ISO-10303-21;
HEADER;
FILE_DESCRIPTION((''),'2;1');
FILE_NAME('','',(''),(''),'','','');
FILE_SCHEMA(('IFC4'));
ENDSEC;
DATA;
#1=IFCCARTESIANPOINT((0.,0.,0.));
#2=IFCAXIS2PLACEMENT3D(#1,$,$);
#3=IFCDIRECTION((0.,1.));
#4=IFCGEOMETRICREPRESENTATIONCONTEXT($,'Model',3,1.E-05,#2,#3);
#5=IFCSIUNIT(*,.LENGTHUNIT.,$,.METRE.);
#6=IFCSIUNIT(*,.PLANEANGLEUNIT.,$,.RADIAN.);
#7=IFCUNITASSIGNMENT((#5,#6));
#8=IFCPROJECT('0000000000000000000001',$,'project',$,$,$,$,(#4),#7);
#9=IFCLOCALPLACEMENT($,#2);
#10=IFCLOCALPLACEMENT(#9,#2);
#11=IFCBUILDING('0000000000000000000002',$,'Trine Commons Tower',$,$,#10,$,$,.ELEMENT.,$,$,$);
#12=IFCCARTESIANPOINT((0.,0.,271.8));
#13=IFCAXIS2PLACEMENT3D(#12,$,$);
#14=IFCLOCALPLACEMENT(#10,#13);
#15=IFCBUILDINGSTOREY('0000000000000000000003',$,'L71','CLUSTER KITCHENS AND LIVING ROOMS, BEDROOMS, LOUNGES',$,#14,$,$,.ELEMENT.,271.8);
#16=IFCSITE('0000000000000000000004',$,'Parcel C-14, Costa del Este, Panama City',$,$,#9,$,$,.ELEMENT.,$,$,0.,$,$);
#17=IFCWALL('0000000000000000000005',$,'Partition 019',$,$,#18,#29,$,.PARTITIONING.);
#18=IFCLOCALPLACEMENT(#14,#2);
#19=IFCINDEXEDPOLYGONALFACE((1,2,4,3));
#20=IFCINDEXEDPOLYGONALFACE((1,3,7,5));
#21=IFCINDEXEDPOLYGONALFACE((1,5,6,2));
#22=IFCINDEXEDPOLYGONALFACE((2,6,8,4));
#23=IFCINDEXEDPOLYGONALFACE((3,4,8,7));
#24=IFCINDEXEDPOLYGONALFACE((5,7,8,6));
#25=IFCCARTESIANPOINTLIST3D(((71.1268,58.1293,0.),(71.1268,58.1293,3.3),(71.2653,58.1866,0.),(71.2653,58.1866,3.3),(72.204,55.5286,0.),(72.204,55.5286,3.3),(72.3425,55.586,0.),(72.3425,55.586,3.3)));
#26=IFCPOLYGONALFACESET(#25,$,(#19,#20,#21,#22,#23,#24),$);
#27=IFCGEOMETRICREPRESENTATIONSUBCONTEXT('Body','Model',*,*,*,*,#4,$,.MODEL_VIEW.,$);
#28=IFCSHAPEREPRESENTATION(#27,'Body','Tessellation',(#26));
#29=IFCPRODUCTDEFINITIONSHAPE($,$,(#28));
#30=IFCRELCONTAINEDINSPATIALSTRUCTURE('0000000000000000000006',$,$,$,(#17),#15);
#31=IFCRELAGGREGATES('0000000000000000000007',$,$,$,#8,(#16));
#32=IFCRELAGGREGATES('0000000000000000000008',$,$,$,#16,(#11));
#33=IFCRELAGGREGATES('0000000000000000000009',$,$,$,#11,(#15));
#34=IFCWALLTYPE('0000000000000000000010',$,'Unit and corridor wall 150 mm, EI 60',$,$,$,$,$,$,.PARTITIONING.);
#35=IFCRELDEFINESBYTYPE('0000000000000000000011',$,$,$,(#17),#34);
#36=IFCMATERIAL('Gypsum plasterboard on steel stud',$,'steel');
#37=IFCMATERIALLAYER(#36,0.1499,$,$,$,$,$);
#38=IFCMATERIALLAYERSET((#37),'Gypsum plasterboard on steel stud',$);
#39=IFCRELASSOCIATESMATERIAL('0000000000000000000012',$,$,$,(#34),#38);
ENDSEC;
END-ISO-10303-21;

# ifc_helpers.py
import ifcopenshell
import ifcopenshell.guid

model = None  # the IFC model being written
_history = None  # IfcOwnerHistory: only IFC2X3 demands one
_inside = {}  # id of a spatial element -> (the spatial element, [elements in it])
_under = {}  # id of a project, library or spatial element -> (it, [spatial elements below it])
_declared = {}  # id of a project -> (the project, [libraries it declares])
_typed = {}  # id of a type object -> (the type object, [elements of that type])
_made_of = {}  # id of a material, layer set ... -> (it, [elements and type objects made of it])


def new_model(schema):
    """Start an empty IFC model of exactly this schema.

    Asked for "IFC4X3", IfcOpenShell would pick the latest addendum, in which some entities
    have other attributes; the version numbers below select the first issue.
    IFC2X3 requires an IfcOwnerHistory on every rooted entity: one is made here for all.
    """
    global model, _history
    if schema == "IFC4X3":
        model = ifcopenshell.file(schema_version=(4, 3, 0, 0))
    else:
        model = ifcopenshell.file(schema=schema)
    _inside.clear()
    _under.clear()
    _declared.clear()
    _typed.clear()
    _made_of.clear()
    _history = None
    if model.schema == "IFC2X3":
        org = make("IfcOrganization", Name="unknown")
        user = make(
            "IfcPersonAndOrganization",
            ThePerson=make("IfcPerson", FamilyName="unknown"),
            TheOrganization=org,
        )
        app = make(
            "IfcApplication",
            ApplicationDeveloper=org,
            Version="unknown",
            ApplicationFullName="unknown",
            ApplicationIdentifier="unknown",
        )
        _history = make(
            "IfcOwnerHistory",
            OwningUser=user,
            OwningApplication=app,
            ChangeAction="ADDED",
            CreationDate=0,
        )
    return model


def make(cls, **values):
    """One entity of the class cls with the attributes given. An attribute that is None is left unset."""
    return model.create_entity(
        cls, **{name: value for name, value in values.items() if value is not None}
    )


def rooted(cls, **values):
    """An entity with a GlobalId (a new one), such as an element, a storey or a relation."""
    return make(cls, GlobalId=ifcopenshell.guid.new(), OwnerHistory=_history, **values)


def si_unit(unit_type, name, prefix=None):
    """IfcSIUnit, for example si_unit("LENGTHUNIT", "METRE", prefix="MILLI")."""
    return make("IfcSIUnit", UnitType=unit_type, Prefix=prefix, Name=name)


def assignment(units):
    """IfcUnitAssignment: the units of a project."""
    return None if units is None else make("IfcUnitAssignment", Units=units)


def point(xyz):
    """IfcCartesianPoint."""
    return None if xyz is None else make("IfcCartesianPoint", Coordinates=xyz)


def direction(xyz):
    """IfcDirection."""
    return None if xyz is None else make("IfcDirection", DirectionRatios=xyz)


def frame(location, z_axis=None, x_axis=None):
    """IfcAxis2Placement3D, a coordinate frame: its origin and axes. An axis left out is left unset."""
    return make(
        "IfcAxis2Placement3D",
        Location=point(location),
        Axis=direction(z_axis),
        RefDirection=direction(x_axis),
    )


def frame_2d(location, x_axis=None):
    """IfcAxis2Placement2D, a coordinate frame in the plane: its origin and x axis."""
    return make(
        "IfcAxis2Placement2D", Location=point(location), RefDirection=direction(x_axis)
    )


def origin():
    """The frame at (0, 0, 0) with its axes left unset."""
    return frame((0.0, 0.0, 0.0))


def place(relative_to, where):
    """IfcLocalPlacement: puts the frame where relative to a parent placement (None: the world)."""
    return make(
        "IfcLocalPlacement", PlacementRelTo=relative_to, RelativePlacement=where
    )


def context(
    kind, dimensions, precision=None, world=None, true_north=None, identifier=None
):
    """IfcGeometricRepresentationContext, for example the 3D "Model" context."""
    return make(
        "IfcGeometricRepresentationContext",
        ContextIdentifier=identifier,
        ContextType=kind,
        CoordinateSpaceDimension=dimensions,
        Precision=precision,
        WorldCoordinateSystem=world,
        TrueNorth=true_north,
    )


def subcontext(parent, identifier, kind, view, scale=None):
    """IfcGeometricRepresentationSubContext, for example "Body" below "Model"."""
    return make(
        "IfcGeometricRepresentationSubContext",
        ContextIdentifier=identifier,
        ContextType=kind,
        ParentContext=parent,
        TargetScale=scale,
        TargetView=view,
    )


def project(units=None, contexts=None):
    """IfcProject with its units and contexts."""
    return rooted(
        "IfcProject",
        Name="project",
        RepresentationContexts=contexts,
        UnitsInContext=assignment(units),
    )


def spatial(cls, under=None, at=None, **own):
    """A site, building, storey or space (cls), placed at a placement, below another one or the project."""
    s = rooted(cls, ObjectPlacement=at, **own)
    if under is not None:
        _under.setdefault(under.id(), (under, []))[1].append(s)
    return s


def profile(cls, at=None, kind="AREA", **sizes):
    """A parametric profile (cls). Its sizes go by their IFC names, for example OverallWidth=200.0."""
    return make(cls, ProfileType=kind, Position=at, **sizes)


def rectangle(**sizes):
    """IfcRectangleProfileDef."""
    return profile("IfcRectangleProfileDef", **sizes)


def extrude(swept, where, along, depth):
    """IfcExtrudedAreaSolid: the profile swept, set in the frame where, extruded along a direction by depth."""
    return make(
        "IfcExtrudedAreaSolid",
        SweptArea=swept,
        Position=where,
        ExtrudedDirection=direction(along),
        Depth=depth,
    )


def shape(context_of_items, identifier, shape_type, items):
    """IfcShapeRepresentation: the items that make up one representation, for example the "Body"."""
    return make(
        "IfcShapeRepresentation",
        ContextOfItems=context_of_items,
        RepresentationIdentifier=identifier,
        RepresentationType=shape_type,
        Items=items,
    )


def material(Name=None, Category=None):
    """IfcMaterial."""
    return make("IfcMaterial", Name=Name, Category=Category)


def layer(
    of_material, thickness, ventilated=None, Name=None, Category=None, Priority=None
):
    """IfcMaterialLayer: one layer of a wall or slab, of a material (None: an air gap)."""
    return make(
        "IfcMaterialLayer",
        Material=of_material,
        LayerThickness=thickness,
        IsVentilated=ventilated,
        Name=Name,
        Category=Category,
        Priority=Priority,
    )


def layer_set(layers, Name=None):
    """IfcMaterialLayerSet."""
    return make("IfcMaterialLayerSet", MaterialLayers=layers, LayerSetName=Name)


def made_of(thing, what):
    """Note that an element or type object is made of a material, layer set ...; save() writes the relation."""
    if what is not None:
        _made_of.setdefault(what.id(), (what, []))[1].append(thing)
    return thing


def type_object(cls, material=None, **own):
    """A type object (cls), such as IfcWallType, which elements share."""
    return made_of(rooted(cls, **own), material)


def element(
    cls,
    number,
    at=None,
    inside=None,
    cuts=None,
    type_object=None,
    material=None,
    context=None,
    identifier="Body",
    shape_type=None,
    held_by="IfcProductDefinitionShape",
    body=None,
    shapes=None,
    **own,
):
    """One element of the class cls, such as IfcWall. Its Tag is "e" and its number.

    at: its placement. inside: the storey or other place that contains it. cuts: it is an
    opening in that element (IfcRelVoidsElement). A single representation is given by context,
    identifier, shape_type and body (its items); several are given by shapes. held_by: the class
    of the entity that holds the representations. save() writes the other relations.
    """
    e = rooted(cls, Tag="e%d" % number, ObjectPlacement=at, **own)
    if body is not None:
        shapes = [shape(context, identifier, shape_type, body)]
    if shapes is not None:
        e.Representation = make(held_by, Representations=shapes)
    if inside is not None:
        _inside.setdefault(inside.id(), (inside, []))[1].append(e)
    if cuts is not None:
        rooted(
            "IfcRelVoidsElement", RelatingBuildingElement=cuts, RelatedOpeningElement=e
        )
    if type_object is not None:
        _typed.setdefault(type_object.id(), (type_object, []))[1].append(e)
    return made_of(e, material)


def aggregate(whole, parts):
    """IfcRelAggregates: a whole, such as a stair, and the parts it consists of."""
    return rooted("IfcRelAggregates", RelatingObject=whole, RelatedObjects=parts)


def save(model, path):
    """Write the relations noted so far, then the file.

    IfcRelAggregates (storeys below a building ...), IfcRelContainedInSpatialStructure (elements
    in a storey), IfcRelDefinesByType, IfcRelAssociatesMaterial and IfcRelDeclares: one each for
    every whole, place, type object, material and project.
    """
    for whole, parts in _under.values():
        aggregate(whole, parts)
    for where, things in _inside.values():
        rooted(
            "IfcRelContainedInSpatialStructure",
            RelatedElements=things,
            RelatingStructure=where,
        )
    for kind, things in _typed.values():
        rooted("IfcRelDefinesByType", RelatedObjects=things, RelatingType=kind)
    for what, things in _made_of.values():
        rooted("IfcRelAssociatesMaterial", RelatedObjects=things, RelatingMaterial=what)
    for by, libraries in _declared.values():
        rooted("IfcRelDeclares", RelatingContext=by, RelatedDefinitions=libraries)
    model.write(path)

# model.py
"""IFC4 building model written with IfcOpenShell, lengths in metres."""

from ifc_helpers import new_model, si_unit, direction, frame, frame_2d, origin, place, context, subcontext, project, spatial, rectangle, extrude, material, layer, layer_set, type_object, element, save


model = new_model("IFC4")

# Units and contexts
model_context = context("Model", 3, precision=1e-05, world=origin(), true_north=direction((0.0, 1.0)))
body_context = subcontext(model_context, "Body", "Model", "MODEL_VIEW")
ifc_project = project(units=[si_unit("LENGTHUNIT", "METRE"), si_unit("PLANEANGLEUNIT", "RADIAN")], contexts=[model_context])

# Site, building, storey
site_placement = place(None, origin())
site = spatial("IfcSite", under=ifc_project, at=site_placement, Name="Parcel C-14, Costa del Este, Panama City", CompositionType="ELEMENT", RefElevation=0.0)
building_placement = place(site_placement, origin())
building = spatial("IfcBuilding", under=site, at=building_placement, Name="Trine Commons Tower", CompositionType="ELEMENT")
storey_placement = place(building_placement, frame((0.0, 0.0, 271.8)))
storey = spatial("IfcBuildingStorey", under=building, at=storey_placement, Name="L71", Description="CLUSTER KITCHENS AND LIVING ROOMS, BEDROOMS, LOUNGES", CompositionType="ELEMENT", Elevation=271.8)

# Wall
ifc_material_1 = material(Name="Gypsum plasterboard on steel stud", Category="steel")
ifc_layer_1 = layer(ifc_material_1, 0.1499)
ifc_layer_set_1 = layer_set([ifc_layer_1], Name="Gypsum plasterboard on steel stud")
wall_type_1 = type_object("IfcWallType", Name="Unit and corridor wall 150 mm, EI 60", PredefinedType="PARTITIONING", material=ifc_layer_set_1)
wall_1_placement = place(storey_placement, frame((71.196, 58.158, 0.0), z_axis=(0.0, 0.0, 1.0), x_axis=(0.382668, -0.923886, 0.0)))
element("IfcWall", 1, at=wall_1_placement, inside=storey, type_object=wall_type_1, Name="Partition 019", PredefinedType="PARTITIONING", context=body_context, shape_type="SweptSolid", body=[
    extrude(rectangle(XDim=2.8149, YDim=0.1499, at=frame_2d((1.4075, 0.0))), origin(), (0.0, 0.0, 1.0), 3.3),
])

save(model, "model.ifc")
